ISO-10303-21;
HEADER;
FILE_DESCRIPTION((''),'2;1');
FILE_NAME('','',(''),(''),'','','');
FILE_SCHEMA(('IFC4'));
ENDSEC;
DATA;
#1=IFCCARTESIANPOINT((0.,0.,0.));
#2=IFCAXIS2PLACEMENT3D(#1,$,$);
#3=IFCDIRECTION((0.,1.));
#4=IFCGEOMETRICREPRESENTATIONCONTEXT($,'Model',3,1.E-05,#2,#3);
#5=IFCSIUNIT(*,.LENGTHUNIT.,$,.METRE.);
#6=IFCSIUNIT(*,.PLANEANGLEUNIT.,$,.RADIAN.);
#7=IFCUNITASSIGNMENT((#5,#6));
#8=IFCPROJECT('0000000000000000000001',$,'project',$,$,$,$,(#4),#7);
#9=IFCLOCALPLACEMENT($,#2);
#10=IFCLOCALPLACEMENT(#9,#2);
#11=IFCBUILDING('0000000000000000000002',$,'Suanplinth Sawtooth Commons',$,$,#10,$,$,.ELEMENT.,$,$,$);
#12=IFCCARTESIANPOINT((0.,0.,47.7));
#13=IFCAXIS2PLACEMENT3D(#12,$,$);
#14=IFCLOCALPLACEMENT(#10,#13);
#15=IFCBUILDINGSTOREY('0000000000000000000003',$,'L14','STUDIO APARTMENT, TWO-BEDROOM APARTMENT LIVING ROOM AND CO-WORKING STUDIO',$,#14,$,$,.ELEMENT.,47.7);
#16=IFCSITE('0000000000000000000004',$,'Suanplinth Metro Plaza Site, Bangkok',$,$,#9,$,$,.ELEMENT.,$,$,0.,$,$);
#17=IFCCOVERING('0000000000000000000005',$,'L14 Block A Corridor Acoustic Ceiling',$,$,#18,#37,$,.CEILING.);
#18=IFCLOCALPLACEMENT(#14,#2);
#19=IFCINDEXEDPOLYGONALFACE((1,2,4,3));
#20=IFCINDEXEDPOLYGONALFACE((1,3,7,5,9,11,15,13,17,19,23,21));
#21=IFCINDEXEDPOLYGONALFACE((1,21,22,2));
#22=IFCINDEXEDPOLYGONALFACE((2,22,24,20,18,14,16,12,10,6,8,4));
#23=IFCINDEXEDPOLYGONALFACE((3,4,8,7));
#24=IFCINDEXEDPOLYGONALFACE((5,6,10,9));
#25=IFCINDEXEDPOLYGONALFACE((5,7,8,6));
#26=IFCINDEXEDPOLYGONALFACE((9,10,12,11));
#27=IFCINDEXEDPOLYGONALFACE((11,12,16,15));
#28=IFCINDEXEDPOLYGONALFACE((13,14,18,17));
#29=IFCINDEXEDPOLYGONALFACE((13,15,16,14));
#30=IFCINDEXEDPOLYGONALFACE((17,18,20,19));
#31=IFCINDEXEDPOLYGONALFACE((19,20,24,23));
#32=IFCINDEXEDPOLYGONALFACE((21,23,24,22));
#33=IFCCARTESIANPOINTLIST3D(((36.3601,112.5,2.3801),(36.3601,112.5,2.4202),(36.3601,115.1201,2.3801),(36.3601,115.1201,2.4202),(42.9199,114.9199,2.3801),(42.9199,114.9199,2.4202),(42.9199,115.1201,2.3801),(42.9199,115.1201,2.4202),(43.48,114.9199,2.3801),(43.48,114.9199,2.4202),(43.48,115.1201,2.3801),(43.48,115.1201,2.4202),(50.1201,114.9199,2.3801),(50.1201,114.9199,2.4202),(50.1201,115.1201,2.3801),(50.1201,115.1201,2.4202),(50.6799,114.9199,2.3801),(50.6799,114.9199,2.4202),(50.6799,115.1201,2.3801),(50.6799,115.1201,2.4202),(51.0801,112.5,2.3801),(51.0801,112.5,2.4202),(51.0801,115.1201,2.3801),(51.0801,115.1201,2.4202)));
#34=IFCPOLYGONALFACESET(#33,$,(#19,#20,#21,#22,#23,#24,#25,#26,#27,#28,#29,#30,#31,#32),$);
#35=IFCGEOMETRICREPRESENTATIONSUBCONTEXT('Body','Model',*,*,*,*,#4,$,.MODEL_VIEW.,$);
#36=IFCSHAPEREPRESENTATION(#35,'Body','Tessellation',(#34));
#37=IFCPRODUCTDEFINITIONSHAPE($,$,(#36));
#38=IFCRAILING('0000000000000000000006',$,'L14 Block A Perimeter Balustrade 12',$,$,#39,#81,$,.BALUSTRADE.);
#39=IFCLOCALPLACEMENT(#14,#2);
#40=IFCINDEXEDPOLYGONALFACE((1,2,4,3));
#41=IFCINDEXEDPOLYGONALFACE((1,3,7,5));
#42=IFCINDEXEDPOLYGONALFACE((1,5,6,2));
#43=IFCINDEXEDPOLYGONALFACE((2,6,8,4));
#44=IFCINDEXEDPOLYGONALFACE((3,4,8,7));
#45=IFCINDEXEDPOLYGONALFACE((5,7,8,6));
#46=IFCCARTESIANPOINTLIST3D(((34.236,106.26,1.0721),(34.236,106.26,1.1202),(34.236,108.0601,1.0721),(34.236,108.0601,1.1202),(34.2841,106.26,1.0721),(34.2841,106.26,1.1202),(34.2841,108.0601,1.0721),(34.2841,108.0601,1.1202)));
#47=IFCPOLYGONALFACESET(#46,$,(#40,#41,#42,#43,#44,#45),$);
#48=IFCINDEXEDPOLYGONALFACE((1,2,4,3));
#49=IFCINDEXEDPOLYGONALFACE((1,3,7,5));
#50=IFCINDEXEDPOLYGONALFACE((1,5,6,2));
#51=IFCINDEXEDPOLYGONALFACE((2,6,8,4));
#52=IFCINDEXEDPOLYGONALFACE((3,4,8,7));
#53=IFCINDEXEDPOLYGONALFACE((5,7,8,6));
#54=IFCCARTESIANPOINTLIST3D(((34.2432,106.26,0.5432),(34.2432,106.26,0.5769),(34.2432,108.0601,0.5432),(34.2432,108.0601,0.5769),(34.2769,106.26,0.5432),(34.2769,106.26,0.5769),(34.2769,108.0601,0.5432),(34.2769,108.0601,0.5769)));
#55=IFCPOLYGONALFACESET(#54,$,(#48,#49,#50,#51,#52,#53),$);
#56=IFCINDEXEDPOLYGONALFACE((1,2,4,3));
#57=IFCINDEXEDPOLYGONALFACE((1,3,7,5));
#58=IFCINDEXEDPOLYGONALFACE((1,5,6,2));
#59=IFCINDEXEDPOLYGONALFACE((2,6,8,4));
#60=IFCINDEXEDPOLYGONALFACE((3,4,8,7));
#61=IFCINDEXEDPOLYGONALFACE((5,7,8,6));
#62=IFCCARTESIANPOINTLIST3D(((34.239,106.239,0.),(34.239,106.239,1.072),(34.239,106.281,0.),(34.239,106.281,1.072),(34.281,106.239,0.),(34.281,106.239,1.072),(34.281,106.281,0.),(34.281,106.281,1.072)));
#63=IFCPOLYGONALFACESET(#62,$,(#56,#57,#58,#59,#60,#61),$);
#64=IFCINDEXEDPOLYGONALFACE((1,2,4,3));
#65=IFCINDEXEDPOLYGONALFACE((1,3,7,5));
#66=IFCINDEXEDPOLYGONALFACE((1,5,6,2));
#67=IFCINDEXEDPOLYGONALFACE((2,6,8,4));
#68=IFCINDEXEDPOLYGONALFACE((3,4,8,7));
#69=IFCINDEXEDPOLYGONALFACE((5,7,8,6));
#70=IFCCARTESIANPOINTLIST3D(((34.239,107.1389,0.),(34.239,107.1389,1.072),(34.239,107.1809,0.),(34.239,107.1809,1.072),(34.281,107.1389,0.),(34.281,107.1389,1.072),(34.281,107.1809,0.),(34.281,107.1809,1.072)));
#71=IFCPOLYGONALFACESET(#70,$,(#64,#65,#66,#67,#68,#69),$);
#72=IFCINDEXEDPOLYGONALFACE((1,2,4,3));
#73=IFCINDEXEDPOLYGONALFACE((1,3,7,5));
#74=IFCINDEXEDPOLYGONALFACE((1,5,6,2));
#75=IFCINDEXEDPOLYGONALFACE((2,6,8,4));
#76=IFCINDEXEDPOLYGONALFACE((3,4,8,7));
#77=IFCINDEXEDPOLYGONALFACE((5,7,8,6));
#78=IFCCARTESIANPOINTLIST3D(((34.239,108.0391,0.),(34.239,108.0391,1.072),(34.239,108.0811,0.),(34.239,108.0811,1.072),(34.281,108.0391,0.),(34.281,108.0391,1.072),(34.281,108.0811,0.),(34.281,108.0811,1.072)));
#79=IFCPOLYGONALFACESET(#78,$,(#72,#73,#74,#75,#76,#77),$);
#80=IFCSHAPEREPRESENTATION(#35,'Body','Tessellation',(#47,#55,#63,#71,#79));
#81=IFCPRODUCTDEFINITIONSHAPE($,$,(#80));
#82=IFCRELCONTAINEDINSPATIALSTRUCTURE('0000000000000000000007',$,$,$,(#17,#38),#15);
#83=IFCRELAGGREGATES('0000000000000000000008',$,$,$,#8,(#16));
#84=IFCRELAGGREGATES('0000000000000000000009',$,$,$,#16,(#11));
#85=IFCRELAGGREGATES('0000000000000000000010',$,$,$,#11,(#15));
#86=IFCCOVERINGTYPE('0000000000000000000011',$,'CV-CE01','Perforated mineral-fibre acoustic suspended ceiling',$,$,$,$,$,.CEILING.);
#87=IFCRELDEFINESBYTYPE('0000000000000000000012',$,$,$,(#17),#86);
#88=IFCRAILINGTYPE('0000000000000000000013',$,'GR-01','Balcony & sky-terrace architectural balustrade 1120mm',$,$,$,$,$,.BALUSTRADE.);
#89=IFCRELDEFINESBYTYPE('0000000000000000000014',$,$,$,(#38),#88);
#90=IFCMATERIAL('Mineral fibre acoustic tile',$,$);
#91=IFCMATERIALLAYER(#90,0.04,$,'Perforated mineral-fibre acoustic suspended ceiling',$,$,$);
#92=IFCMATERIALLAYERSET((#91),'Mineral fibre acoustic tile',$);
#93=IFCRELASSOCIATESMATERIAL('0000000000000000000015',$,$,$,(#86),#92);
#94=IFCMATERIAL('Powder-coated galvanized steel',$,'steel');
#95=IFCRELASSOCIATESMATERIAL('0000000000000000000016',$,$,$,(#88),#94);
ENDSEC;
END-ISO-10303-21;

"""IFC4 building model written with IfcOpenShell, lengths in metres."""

from ifc_helpers import new_model, si_unit, direction, frame, origin, origin_2d, place, context, subcontext, project, spatial, polyline, rectangle, outline, extrude, material, layer, layer_set, type_object, element, save


model = new_model("IFC4")

# Units and contexts
model_context = context("Model", 3, precision=1e-05, world=origin(), true_north=direction((0.0, 1.0)))
body_context = subcontext(model_context, "Body", "Model", "MODEL_VIEW")
ifc_project = project(units=[si_unit("LENGTHUNIT", "METRE"), si_unit("PLANEANGLEUNIT", "RADIAN")], contexts=[model_context])

# Site, building, storey
site_placement = place(None, origin())
site = spatial("IfcSite", under=ifc_project, at=site_placement, Name="Suanplinth Metro Plaza Site, Bangkok", CompositionType="ELEMENT", RefElevation=0.0)
building_placement = place(site_placement, origin())
building = spatial("IfcBuilding", under=site, at=building_placement, Name="Suanplinth Sawtooth Commons", CompositionType="ELEMENT")
storey_placement = place(building_placement, frame((0.0, 0.0, 47.7)))
storey = spatial("IfcBuildingStorey", under=building, at=storey_placement, Name="L14", Description="STUDIO APARTMENT, TWO-BEDROOM APARTMENT LIVING ROOM AND CO-WORKING STUDIO", CompositionType="ELEMENT", Elevation=47.7)

# Covering
ifc_material_1 = material(Name="Mineral fibre acoustic tile")
ifc_layer_1 = layer(ifc_material_1, 0.04, Name="Perforated mineral-fibre acoustic suspended ceiling")
ifc_layer_set_1 = layer_set([ifc_layer_1], Name="Mineral fibre acoustic tile")
covering_type = type_object("IfcCoveringType", Name="CV-CE01", Description="Perforated mineral-fibre acoustic suspended ceiling", PredefinedType="CEILING", material=ifc_layer_set_1)
covering_placement = place(storey_placement, frame((0.0, 0.0, 2.3801)))
element("IfcCovering", 1, at=covering_placement, inside=storey, type_object=covering_type, Name="L14 Block A Corridor Acoustic Ceiling", PredefinedType="CEILING", context=body_context, shape_type="SweptSolid", body=[
    extrude(outline(polyline([(36.3601, 112.5), (36.3601, 115.1201), (42.9199, 115.1201), (42.9199, 114.9199), (43.48, 114.9199), (43.48, 115.1201), (50.1201, 115.1201), (50.1201, 114.9199), (50.6799, 114.9199), (50.6799, 115.1201), (51.0801, 115.1201), (51.0801, 112.5), (36.3601, 112.5)])), origin(), (0.0, 0.0, 1.0), 0.04),
])

# Railing
ifc_material_2 = material(Name="Powder-coated galvanized steel", Category="steel")
railing_type = type_object("IfcRailingType", Name="GR-01", Description="Balcony & sky-terrace architectural balustrade 1120mm", PredefinedType="BALUSTRADE", material=ifc_material_2)
railing_1_placement = place(storey_placement, frame((34.26, 106.26, 0.0)))
element("IfcRailing", 2, at=railing_1_placement, inside=storey, type_object=railing_type, Name="L14 Block A Perimeter Balustrade 12", PredefinedType="BALUSTRADE", context=body_context, shape_type="SweptSolid", body=[
    extrude(rectangle(XDim=0.0481, YDim=0.0481, at=origin_2d()), frame((0.0, 0.0, 1.0962), z_axis=(0.0, 1.0, 0.0), x_axis=(-1.0, 0.0, 0.0)), (0.0, 0.0, 1.0), 1.8),
    extrude(rectangle(XDim=0.0337, YDim=0.0337, at=origin_2d()), frame((0.0, 0.0, 0.5601), z_axis=(0.0, 1.0, 0.0), x_axis=(-1.0, 0.0, 0.0)), (0.0, 0.0, 1.0), 1.8),
    extrude(rectangle(XDim=0.042, YDim=0.042, at=origin_2d()), origin(), (0.0, 0.0, 1.0), 1.072),
    extrude(rectangle(XDim=0.042, YDim=0.042, at=origin_2d()), frame((0.0, 0.8999, 0.0)), (0.0, 0.0, 1.0), 1.072),
    extrude(rectangle(XDim=0.042, YDim=0.042, at=origin_2d()), frame((0.0, 1.8, 0.0)), (0.0, 0.0, 1.0), 1.072),
])

save(model, "model.ifc")
